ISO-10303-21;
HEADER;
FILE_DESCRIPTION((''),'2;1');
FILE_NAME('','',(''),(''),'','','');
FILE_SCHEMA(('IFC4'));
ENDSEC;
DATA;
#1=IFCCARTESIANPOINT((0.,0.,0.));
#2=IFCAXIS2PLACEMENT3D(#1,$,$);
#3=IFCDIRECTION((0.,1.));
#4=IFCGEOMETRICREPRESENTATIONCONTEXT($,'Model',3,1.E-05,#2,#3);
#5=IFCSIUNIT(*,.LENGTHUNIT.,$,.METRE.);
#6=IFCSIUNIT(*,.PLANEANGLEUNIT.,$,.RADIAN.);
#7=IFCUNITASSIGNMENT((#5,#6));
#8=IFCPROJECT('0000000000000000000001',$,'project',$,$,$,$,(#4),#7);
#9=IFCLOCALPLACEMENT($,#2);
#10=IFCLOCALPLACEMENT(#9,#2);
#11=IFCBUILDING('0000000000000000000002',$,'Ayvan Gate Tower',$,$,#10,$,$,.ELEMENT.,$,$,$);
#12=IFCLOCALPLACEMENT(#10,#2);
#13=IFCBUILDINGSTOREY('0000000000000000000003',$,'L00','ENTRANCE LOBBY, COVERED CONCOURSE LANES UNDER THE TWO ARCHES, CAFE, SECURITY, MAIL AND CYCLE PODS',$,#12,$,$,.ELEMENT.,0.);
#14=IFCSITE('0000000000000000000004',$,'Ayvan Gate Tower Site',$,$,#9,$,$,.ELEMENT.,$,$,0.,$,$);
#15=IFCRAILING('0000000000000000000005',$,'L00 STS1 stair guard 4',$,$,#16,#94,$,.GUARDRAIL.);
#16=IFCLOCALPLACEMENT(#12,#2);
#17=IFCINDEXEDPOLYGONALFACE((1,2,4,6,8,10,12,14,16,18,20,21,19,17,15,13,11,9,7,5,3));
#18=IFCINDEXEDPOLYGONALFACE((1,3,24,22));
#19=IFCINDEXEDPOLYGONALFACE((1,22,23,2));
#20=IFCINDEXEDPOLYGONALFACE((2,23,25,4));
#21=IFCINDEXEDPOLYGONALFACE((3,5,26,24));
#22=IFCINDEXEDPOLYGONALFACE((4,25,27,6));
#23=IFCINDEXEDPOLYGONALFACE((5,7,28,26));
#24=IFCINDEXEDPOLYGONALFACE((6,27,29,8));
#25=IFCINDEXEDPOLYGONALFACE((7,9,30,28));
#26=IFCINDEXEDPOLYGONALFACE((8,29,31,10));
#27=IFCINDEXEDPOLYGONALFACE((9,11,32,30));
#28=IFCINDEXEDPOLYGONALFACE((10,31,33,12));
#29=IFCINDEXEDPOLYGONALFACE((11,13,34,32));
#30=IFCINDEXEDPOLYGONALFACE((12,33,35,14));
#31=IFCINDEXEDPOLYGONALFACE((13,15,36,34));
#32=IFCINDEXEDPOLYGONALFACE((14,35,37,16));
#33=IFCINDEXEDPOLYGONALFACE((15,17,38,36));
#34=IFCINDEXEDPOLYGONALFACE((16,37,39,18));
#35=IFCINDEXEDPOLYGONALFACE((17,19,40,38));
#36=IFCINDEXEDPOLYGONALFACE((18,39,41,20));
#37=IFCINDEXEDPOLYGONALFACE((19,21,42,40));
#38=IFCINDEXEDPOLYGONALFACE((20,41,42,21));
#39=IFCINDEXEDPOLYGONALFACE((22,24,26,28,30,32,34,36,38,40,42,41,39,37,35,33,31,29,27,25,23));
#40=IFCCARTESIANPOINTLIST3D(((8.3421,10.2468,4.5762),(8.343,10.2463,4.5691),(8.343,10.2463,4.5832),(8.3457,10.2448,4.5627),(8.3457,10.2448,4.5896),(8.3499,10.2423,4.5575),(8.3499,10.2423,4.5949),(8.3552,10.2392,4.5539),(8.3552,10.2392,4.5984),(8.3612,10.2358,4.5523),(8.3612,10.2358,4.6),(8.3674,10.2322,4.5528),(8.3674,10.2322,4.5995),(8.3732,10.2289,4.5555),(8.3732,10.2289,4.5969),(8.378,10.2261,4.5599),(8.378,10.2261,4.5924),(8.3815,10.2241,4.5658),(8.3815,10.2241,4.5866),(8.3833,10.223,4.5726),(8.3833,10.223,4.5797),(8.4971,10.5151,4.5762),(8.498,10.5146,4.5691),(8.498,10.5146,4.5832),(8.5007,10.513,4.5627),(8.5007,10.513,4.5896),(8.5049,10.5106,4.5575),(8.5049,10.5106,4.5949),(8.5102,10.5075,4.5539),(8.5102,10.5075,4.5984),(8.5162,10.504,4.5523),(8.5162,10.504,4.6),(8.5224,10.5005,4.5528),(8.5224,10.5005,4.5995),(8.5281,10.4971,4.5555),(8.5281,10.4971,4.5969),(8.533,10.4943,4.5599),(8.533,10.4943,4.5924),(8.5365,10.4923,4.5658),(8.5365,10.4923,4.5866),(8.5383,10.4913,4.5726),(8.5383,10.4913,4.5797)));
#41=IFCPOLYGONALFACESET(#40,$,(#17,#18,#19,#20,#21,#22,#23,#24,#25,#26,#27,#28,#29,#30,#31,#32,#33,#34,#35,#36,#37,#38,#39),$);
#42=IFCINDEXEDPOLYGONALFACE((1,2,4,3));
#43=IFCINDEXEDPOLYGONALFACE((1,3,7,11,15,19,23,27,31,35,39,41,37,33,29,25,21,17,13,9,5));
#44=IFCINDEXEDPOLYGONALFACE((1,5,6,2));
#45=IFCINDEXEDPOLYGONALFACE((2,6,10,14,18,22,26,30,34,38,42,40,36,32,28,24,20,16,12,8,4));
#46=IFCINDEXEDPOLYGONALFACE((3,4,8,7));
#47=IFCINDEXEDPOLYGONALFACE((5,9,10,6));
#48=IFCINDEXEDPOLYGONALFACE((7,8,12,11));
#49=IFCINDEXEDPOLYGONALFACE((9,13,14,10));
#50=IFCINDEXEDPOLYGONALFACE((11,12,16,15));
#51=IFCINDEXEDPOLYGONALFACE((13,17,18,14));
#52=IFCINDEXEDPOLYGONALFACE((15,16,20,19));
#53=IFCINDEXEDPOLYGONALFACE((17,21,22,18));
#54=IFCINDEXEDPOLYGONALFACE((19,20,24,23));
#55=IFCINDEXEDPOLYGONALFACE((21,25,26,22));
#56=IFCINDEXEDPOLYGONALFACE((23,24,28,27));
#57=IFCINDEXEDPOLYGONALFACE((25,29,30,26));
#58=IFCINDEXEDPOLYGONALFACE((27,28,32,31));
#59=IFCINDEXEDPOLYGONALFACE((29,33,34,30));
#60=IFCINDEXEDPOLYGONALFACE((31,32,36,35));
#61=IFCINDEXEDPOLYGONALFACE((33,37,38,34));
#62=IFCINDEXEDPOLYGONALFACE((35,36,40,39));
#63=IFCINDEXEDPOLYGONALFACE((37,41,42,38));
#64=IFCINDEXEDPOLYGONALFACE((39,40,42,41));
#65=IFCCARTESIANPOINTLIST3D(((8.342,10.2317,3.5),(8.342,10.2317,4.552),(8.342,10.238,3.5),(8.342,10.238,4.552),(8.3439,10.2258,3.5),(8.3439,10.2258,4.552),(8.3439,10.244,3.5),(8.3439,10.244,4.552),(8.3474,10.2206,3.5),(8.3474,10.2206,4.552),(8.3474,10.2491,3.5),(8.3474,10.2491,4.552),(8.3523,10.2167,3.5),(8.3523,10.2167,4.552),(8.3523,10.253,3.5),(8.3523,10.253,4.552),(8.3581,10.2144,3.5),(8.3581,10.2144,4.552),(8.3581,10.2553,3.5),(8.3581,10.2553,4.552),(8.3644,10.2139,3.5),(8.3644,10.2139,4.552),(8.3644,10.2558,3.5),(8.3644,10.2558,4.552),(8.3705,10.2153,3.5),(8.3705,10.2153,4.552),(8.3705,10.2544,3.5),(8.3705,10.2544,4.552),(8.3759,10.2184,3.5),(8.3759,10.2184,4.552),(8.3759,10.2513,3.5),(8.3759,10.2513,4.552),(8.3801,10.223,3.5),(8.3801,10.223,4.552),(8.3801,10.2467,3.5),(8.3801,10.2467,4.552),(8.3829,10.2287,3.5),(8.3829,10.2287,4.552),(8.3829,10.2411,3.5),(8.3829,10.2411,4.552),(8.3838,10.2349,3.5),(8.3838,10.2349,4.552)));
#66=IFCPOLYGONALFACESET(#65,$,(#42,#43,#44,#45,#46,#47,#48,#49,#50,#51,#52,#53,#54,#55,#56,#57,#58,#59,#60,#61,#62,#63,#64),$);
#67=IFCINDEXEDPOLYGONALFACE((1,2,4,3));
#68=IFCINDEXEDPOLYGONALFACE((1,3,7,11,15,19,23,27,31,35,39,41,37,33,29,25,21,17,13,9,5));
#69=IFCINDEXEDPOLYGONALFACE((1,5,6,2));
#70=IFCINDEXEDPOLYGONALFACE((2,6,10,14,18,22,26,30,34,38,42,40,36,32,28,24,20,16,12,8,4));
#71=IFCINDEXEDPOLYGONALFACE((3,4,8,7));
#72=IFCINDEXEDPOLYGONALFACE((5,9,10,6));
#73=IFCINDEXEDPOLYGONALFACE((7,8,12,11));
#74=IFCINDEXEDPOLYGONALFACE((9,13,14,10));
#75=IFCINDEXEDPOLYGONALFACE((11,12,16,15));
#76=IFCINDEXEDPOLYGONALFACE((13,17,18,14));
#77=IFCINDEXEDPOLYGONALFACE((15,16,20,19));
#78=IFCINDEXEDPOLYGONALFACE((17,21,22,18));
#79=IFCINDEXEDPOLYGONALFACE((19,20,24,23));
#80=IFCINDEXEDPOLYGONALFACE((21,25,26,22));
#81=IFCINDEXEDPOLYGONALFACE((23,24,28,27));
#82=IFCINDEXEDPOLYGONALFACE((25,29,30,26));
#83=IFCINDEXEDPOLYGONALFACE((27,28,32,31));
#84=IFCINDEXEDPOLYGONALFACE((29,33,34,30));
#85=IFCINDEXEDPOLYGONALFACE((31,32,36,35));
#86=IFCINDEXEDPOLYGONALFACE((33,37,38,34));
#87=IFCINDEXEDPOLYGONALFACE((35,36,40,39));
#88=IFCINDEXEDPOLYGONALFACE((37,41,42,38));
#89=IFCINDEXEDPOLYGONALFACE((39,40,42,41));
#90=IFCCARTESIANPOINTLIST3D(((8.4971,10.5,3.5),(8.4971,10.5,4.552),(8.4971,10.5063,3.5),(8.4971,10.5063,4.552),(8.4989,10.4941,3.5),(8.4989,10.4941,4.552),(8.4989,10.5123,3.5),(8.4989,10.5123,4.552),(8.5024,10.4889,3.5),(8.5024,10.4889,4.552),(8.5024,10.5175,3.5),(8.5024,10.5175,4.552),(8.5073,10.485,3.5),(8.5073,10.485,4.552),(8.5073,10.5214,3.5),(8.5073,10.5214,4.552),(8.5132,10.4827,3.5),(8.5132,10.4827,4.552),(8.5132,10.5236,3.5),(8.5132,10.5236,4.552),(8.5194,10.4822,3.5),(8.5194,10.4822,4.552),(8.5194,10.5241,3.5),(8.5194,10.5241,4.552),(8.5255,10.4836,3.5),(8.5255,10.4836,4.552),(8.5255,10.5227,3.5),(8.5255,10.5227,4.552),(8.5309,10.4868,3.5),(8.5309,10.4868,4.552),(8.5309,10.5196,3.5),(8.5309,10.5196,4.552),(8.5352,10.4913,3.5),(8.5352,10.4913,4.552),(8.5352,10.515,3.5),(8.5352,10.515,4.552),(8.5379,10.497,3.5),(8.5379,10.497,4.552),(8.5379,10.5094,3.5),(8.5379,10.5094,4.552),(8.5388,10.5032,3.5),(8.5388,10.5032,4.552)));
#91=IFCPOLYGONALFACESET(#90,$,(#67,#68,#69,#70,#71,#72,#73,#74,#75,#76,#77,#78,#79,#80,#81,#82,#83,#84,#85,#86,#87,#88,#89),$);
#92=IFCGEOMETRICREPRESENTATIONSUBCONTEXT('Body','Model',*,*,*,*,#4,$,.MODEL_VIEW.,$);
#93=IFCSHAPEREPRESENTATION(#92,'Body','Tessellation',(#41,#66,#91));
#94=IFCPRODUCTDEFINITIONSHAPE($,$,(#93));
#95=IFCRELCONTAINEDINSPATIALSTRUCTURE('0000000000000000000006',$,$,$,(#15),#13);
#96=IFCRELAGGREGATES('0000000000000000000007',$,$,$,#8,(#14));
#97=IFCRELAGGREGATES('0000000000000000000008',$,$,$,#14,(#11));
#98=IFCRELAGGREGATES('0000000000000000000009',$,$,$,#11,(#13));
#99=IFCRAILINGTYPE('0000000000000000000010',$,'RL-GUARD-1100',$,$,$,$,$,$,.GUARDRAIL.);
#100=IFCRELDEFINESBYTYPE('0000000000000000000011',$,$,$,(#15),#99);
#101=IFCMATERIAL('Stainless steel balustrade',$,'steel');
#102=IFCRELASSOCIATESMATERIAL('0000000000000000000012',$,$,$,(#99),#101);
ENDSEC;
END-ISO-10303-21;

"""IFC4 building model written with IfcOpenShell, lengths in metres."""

from ifc_helpers import new_model, si_unit, direction, frame, origin, origin_2d, place, context, subcontext, project, spatial, circle, extrude, material, type_object, element, save


model = new_model("IFC4")

# Units and contexts
model_context = context("Model", 3, precision=1e-05, world=origin(), true_north=direction((0.0, 1.0)))
body_context = subcontext(model_context, "Body", "Model", "MODEL_VIEW")
ifc_project = project(units=[si_unit("LENGTHUNIT", "METRE"), si_unit("PLANEANGLEUNIT", "RADIAN")], contexts=[model_context])

# Site, building, storey
site_placement = place(None, origin())
site = spatial("IfcSite", under=ifc_project, at=site_placement, Name="Ayvan Gate Tower Site", CompositionType="ELEMENT", RefElevation=0.0)
building_placement = place(site_placement, origin())
building = spatial("IfcBuilding", under=site, at=building_placement, Name="Ayvan Gate Tower", CompositionType="ELEMENT")
storey_placement = place(building_placement, origin())
storey = spatial("IfcBuildingStorey", under=building, at=storey_placement, Name="L00", Description="ENTRANCE LOBBY, COVERED CONCOURSE LANES UNDER THE TWO ARCHES, CAFE, SECURITY, MAIL AND CYCLE PODS", CompositionType="ELEMENT", Elevation=0.0)

# Railing
ifc_material_1 = material(Name="Stainless steel balustrade", Category="steel")
railing_type_1 = type_object("IfcRailingType", Name="RL-GUARD-1100", PredefinedType="GUARDRAIL", material=ifc_material_1)
railing_1_placement = place(storey_placement, frame((8.3628, 10.2349, 3.5)))
element("IfcRailing", 1, at=railing_1_placement, inside=storey, type_object=railing_type_1, Name="L00 STS1 stair guard 4", PredefinedType="GUARDRAIL", context=body_context, shape_type="SweptSolid", body=[
    extrude(circle(Radius=0.0239, at=origin_2d()), frame((0.0, 0.0, 1.0762), z_axis=(0.500291, 0.865857, 0.0), x_axis=(-0.865857, 0.500291, 0.0)), (0.0, 0.0, 1.0), 0.3098),
    extrude(circle(Radius=0.021, at=origin_2d()), origin(), (0.0, 0.0, 1.0), 1.052),
    extrude(circle(Radius=0.021, at=origin_2d()), frame((0.155, 0.2683, 0.0)), (0.0, 0.0, 1.0), 1.052),
])

save(model, "model.ifc")
